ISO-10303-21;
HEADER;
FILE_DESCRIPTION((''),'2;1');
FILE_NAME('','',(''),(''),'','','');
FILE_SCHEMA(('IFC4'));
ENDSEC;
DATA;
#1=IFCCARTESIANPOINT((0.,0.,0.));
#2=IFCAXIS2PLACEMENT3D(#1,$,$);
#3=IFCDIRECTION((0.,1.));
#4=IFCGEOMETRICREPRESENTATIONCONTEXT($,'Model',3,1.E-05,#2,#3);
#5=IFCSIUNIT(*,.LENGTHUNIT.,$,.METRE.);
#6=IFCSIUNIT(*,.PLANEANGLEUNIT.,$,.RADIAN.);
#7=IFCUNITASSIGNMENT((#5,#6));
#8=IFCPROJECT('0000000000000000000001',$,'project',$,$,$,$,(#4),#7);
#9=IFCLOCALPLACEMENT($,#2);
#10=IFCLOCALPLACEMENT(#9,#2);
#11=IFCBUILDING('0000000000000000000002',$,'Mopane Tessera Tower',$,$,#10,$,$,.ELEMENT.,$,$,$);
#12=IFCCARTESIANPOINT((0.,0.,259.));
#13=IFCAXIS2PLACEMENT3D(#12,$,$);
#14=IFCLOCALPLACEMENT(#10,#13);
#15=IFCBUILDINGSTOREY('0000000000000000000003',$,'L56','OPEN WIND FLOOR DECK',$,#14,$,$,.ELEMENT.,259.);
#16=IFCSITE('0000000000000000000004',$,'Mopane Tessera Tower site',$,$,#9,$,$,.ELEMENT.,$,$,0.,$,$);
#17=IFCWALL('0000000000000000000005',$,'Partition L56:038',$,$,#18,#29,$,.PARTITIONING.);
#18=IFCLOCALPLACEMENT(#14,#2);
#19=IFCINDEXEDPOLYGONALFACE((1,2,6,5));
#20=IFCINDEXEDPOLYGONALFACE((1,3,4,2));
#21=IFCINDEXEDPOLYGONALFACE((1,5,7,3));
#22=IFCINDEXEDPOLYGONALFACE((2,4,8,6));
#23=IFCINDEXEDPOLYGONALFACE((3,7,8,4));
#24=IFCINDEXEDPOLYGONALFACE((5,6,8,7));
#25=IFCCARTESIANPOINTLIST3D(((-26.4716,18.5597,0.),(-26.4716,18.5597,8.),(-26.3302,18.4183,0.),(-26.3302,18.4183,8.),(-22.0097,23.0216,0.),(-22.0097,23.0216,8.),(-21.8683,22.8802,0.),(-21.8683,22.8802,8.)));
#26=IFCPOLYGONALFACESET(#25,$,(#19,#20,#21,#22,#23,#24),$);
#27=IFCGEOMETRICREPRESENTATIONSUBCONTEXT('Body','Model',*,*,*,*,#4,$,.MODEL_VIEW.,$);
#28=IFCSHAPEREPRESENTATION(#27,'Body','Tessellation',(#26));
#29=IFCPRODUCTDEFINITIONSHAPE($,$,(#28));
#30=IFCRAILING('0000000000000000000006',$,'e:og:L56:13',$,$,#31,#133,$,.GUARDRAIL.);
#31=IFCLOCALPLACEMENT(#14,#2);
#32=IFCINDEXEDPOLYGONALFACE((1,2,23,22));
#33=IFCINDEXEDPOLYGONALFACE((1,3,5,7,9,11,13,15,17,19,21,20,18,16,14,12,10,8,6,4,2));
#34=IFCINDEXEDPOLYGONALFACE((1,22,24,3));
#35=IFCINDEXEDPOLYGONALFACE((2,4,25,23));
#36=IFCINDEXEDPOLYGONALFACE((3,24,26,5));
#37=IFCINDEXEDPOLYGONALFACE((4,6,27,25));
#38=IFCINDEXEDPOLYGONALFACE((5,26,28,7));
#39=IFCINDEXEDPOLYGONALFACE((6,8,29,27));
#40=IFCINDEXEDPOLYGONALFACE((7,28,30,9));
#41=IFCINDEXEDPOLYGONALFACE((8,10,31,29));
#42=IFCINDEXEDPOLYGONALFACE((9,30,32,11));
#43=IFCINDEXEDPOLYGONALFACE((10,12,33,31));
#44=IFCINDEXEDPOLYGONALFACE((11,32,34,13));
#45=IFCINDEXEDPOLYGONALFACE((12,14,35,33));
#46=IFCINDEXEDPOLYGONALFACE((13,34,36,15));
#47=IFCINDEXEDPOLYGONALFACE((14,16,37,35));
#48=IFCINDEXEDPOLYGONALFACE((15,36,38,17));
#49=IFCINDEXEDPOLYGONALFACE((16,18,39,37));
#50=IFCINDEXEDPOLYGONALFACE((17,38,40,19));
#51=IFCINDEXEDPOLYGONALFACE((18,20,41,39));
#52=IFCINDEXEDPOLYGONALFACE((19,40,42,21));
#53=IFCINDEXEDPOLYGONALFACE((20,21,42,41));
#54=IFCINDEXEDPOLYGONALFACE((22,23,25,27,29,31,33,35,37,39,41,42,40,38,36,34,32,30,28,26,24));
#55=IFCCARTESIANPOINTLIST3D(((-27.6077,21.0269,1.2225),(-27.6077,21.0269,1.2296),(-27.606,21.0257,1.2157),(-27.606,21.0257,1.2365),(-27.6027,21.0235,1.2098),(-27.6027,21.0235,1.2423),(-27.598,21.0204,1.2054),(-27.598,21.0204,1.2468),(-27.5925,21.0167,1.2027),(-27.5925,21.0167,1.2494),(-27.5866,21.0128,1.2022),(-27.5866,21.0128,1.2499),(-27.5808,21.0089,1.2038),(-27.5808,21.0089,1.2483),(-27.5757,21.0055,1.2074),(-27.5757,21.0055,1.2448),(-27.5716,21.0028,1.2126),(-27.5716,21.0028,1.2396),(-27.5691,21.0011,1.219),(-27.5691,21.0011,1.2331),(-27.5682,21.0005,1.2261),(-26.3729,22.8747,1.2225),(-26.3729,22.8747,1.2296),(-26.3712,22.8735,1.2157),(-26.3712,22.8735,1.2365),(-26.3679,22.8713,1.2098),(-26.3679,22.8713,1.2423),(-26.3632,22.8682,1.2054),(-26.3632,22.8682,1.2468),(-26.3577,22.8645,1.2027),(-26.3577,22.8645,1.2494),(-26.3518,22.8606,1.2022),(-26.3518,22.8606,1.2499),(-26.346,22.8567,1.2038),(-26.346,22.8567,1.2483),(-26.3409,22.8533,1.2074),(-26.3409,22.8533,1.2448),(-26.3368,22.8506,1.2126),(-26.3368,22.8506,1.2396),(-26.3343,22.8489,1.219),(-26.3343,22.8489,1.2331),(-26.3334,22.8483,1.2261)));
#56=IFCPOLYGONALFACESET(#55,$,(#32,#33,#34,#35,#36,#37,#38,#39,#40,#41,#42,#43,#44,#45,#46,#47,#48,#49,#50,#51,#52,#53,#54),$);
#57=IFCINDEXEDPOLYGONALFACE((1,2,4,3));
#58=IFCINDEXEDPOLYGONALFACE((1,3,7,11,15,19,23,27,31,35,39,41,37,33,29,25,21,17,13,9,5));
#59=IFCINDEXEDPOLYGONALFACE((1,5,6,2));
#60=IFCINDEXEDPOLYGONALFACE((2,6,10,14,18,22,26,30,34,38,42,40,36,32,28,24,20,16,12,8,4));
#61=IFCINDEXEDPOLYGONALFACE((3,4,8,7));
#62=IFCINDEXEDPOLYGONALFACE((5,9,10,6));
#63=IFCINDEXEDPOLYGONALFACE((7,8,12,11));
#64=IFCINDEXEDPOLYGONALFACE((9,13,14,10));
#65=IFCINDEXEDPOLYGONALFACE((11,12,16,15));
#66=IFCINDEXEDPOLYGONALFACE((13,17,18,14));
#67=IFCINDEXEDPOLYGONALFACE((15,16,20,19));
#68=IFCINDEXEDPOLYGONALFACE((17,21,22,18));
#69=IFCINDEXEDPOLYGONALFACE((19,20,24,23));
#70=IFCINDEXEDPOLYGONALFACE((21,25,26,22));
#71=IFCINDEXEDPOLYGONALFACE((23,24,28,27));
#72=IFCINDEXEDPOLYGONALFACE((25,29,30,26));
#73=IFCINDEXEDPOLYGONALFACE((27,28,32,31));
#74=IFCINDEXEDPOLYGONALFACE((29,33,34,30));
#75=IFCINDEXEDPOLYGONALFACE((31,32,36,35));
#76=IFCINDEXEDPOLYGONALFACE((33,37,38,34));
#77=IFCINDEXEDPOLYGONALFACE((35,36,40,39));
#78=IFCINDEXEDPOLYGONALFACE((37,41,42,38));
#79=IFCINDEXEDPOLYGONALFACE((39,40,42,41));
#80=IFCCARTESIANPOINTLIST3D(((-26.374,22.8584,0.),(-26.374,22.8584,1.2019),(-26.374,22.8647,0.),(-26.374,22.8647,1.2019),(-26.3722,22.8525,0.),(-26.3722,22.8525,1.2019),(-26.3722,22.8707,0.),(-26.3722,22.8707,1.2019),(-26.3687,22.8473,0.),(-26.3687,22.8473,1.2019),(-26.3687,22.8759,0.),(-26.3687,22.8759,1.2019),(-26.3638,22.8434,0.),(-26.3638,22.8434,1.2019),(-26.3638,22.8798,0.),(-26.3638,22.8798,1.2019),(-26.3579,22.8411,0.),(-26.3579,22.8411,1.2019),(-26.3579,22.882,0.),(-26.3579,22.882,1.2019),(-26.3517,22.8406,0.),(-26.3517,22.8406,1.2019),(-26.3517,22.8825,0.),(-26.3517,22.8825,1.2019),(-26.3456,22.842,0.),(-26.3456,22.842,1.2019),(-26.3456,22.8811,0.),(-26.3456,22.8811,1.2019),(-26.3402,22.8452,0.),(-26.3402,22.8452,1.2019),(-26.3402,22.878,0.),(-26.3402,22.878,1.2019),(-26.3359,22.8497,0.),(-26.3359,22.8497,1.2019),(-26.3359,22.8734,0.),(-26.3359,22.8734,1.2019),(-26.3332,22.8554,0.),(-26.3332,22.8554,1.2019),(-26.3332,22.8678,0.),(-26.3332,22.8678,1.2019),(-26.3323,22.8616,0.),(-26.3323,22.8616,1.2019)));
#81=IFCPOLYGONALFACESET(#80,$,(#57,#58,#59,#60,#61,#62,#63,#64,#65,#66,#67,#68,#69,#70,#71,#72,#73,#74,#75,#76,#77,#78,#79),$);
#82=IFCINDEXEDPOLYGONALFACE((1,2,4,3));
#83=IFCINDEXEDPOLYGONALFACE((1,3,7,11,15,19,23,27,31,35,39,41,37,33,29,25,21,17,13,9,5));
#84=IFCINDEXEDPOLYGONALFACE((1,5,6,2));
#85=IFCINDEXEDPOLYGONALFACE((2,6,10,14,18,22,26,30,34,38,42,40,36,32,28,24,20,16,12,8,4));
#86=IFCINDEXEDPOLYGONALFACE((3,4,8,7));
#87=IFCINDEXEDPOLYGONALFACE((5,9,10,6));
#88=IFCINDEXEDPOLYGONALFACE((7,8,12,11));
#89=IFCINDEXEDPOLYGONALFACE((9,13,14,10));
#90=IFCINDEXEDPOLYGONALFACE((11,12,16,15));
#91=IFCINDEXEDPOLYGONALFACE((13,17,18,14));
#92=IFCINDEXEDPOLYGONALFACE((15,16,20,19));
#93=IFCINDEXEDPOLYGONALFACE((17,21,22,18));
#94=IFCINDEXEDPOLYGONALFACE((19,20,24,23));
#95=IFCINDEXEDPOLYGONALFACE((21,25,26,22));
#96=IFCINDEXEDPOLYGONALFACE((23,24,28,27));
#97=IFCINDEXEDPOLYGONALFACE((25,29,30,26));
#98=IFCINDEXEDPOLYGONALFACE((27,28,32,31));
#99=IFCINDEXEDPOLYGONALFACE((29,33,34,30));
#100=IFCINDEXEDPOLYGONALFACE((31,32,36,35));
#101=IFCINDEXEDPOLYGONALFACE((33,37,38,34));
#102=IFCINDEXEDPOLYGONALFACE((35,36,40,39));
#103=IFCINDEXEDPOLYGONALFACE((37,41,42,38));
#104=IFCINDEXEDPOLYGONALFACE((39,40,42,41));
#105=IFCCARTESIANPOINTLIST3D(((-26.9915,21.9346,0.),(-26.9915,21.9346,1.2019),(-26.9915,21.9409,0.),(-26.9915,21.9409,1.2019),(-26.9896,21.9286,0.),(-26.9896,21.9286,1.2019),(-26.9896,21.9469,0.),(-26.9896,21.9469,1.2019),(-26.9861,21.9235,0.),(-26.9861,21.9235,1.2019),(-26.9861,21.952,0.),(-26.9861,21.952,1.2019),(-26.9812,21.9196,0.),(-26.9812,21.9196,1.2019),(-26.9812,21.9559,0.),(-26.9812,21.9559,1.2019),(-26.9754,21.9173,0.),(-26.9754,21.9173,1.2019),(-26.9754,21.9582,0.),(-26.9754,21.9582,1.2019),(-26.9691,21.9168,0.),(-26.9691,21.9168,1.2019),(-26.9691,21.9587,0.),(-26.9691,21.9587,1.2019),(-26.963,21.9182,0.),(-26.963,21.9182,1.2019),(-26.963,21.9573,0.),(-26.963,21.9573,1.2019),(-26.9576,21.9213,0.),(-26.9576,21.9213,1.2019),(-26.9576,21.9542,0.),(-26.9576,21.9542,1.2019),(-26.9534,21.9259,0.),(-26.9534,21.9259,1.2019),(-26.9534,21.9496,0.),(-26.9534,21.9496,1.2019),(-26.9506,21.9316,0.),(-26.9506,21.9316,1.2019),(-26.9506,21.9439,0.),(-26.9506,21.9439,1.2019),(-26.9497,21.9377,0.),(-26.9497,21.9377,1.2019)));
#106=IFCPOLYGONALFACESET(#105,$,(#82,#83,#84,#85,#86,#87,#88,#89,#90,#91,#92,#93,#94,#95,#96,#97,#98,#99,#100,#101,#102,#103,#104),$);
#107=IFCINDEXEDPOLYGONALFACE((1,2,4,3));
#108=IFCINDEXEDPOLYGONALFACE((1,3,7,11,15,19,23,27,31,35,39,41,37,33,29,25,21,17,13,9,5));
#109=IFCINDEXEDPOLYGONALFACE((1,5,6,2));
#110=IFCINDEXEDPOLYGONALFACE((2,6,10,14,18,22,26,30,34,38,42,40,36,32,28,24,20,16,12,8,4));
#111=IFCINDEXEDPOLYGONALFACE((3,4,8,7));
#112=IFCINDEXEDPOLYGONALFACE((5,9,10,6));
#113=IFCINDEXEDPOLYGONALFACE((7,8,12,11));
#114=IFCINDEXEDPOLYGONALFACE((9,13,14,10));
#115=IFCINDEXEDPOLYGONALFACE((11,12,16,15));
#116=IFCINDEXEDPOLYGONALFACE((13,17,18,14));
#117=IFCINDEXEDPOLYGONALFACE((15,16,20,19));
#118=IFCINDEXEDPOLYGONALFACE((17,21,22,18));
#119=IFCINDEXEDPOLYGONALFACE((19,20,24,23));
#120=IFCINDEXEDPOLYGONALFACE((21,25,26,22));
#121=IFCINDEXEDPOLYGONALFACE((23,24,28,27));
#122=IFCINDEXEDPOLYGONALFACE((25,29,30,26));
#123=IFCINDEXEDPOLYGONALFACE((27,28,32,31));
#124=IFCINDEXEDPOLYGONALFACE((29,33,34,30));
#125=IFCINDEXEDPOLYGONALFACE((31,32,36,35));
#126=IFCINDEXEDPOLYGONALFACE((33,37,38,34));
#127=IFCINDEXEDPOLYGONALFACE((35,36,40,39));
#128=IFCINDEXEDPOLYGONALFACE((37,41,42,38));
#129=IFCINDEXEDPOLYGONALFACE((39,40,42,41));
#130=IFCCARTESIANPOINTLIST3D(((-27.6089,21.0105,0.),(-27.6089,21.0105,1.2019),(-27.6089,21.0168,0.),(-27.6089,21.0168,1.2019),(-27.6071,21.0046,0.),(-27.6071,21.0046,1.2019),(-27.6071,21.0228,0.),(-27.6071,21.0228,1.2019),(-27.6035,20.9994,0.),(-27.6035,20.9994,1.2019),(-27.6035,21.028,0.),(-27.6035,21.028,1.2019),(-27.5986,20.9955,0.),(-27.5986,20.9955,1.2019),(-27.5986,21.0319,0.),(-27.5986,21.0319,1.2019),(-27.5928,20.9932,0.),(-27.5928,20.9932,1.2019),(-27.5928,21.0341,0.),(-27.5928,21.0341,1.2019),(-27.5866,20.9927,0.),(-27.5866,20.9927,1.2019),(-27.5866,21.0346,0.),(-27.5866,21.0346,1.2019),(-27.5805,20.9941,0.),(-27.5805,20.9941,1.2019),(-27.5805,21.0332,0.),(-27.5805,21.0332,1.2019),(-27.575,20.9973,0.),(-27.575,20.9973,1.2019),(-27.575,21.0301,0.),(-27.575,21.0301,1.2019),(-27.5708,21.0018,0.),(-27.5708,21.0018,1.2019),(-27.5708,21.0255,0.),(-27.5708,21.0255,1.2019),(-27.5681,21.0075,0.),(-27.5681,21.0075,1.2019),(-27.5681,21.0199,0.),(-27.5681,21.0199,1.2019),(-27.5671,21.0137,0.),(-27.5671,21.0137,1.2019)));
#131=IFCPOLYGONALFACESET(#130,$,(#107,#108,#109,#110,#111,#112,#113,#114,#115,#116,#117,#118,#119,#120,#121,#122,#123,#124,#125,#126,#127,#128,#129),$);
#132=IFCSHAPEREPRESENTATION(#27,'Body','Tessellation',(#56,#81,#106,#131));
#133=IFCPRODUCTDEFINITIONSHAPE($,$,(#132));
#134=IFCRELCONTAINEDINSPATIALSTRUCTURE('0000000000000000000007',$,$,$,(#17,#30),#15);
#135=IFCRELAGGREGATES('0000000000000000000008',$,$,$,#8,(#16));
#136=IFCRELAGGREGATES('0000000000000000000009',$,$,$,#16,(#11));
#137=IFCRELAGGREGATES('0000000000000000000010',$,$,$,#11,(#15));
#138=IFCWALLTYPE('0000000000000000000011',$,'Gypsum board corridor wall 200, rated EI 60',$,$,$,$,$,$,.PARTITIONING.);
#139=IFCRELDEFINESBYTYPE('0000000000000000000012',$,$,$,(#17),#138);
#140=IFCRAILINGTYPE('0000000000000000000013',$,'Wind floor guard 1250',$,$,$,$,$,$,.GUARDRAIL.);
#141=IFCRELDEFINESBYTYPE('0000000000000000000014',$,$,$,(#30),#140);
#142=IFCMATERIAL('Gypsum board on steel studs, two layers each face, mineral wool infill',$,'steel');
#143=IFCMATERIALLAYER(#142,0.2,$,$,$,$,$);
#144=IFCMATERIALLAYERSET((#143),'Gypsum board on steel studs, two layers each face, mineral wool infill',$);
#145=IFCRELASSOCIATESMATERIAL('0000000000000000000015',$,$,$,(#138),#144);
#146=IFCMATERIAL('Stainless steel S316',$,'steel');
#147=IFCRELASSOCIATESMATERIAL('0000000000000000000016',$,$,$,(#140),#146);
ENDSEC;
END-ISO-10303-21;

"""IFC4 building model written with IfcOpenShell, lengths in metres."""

from ifc_helpers import new_model, si_unit, direction, frame, frame_2d, origin, origin_2d, place, context, subcontext, project, spatial, rectangle, circle, extrude, material, layer, layer_set, type_object, element, save


model = new_model("IFC4")

# Units and contexts
model_context = context("Model", 3, precision=1e-05, world=origin(), true_north=direction((0.0, 1.0)))
body_context = subcontext(model_context, "Body", "Model", "MODEL_VIEW")
ifc_project = project(units=[si_unit("LENGTHUNIT", "METRE"), si_unit("PLANEANGLEUNIT", "RADIAN")], contexts=[model_context])

# Site, building, storey
site_placement = place(None, origin())
site = spatial("IfcSite", under=ifc_project, at=site_placement, Name="Mopane Tessera Tower site", CompositionType="ELEMENT", RefElevation=0.0)
building_placement = place(site_placement, origin())
building = spatial("IfcBuilding", under=site, at=building_placement, Name="Mopane Tessera Tower", CompositionType="ELEMENT")
storey_placement = place(building_placement, frame((0.0, 0.0, 259.0)))
storey = spatial("IfcBuildingStorey", under=building, at=storey_placement, Name="L56", Description="OPEN WIND FLOOR DECK", CompositionType="ELEMENT", Elevation=259.0)

# Wall
ifc_material_1 = material(Name="Gypsum board on steel studs, two layers each face, mineral wool infill", Category="steel")
ifc_layer_1 = layer(ifc_material_1, 0.2)
ifc_layer_set_1 = layer_set([ifc_layer_1], Name="Gypsum board on steel studs, two layers each face, mineral wool infill")
wall_type = type_object("IfcWallType", Name="Gypsum board corridor wall 200, rated EI 60", PredefinedType="PARTITIONING", material=ifc_layer_set_1)
wall_placement = place(storey_placement, frame((-26.4009, 18.489, 0.0), z_axis=(0.0, 0.0, 1.0), x_axis=(0.707107, 0.707107, 0.0)))
element("IfcWall", 1, at=wall_placement, inside=storey, type_object=wall_type, Name="Partition L56:038", PredefinedType="PARTITIONING", context=body_context, shape_type="SweptSolid", body=[
    extrude(rectangle(XDim=6.3101, YDim=0.2, at=frame_2d((3.155, 0.0))), origin(), (0.0, 0.0, 1.0), 8.0),
])

# Railing
ifc_material_2 = material(Name="Stainless steel S316", Category="steel")
railing_type = type_object("IfcRailingType", Name="Wind floor guard 1250", PredefinedType="GUARDRAIL", material=ifc_material_2)
railing_1_placement = place(storey_placement, frame((-26.3533, 22.8616, 0.0)))
element("IfcRailing", 2, at=railing_1_placement, inside=storey, type_object=railing_type, Name="e:og:L56:13", PredefinedType="GUARDRAIL", context=body_context, shape_type="SweptSolid", body=[
    extrude(circle(Radius=0.0239, at=origin_2d()), frame((0.0, 0.0, 1.2261), z_axis=(-0.555612, -0.831441, 0.0), x_axis=(0.831441, -0.555612, 0.0)), (0.0, 0.0, 1.0), 2.2224),
    extrude(circle(Radius=0.021, at=origin_2d()), origin(), (0.0, 0.0, 1.0), 1.2019),
    extrude(circle(Radius=0.021, at=origin_2d()), frame((-0.6174, -0.9238, 0.0)), (0.0, 0.0, 1.0), 1.2019),
    extrude(circle(Radius=0.021, at=origin_2d()), frame((-1.2349, -1.8479, 0.0)), (0.0, 0.0, 1.0), 1.2019),
])

save(model, "model.ifc")
